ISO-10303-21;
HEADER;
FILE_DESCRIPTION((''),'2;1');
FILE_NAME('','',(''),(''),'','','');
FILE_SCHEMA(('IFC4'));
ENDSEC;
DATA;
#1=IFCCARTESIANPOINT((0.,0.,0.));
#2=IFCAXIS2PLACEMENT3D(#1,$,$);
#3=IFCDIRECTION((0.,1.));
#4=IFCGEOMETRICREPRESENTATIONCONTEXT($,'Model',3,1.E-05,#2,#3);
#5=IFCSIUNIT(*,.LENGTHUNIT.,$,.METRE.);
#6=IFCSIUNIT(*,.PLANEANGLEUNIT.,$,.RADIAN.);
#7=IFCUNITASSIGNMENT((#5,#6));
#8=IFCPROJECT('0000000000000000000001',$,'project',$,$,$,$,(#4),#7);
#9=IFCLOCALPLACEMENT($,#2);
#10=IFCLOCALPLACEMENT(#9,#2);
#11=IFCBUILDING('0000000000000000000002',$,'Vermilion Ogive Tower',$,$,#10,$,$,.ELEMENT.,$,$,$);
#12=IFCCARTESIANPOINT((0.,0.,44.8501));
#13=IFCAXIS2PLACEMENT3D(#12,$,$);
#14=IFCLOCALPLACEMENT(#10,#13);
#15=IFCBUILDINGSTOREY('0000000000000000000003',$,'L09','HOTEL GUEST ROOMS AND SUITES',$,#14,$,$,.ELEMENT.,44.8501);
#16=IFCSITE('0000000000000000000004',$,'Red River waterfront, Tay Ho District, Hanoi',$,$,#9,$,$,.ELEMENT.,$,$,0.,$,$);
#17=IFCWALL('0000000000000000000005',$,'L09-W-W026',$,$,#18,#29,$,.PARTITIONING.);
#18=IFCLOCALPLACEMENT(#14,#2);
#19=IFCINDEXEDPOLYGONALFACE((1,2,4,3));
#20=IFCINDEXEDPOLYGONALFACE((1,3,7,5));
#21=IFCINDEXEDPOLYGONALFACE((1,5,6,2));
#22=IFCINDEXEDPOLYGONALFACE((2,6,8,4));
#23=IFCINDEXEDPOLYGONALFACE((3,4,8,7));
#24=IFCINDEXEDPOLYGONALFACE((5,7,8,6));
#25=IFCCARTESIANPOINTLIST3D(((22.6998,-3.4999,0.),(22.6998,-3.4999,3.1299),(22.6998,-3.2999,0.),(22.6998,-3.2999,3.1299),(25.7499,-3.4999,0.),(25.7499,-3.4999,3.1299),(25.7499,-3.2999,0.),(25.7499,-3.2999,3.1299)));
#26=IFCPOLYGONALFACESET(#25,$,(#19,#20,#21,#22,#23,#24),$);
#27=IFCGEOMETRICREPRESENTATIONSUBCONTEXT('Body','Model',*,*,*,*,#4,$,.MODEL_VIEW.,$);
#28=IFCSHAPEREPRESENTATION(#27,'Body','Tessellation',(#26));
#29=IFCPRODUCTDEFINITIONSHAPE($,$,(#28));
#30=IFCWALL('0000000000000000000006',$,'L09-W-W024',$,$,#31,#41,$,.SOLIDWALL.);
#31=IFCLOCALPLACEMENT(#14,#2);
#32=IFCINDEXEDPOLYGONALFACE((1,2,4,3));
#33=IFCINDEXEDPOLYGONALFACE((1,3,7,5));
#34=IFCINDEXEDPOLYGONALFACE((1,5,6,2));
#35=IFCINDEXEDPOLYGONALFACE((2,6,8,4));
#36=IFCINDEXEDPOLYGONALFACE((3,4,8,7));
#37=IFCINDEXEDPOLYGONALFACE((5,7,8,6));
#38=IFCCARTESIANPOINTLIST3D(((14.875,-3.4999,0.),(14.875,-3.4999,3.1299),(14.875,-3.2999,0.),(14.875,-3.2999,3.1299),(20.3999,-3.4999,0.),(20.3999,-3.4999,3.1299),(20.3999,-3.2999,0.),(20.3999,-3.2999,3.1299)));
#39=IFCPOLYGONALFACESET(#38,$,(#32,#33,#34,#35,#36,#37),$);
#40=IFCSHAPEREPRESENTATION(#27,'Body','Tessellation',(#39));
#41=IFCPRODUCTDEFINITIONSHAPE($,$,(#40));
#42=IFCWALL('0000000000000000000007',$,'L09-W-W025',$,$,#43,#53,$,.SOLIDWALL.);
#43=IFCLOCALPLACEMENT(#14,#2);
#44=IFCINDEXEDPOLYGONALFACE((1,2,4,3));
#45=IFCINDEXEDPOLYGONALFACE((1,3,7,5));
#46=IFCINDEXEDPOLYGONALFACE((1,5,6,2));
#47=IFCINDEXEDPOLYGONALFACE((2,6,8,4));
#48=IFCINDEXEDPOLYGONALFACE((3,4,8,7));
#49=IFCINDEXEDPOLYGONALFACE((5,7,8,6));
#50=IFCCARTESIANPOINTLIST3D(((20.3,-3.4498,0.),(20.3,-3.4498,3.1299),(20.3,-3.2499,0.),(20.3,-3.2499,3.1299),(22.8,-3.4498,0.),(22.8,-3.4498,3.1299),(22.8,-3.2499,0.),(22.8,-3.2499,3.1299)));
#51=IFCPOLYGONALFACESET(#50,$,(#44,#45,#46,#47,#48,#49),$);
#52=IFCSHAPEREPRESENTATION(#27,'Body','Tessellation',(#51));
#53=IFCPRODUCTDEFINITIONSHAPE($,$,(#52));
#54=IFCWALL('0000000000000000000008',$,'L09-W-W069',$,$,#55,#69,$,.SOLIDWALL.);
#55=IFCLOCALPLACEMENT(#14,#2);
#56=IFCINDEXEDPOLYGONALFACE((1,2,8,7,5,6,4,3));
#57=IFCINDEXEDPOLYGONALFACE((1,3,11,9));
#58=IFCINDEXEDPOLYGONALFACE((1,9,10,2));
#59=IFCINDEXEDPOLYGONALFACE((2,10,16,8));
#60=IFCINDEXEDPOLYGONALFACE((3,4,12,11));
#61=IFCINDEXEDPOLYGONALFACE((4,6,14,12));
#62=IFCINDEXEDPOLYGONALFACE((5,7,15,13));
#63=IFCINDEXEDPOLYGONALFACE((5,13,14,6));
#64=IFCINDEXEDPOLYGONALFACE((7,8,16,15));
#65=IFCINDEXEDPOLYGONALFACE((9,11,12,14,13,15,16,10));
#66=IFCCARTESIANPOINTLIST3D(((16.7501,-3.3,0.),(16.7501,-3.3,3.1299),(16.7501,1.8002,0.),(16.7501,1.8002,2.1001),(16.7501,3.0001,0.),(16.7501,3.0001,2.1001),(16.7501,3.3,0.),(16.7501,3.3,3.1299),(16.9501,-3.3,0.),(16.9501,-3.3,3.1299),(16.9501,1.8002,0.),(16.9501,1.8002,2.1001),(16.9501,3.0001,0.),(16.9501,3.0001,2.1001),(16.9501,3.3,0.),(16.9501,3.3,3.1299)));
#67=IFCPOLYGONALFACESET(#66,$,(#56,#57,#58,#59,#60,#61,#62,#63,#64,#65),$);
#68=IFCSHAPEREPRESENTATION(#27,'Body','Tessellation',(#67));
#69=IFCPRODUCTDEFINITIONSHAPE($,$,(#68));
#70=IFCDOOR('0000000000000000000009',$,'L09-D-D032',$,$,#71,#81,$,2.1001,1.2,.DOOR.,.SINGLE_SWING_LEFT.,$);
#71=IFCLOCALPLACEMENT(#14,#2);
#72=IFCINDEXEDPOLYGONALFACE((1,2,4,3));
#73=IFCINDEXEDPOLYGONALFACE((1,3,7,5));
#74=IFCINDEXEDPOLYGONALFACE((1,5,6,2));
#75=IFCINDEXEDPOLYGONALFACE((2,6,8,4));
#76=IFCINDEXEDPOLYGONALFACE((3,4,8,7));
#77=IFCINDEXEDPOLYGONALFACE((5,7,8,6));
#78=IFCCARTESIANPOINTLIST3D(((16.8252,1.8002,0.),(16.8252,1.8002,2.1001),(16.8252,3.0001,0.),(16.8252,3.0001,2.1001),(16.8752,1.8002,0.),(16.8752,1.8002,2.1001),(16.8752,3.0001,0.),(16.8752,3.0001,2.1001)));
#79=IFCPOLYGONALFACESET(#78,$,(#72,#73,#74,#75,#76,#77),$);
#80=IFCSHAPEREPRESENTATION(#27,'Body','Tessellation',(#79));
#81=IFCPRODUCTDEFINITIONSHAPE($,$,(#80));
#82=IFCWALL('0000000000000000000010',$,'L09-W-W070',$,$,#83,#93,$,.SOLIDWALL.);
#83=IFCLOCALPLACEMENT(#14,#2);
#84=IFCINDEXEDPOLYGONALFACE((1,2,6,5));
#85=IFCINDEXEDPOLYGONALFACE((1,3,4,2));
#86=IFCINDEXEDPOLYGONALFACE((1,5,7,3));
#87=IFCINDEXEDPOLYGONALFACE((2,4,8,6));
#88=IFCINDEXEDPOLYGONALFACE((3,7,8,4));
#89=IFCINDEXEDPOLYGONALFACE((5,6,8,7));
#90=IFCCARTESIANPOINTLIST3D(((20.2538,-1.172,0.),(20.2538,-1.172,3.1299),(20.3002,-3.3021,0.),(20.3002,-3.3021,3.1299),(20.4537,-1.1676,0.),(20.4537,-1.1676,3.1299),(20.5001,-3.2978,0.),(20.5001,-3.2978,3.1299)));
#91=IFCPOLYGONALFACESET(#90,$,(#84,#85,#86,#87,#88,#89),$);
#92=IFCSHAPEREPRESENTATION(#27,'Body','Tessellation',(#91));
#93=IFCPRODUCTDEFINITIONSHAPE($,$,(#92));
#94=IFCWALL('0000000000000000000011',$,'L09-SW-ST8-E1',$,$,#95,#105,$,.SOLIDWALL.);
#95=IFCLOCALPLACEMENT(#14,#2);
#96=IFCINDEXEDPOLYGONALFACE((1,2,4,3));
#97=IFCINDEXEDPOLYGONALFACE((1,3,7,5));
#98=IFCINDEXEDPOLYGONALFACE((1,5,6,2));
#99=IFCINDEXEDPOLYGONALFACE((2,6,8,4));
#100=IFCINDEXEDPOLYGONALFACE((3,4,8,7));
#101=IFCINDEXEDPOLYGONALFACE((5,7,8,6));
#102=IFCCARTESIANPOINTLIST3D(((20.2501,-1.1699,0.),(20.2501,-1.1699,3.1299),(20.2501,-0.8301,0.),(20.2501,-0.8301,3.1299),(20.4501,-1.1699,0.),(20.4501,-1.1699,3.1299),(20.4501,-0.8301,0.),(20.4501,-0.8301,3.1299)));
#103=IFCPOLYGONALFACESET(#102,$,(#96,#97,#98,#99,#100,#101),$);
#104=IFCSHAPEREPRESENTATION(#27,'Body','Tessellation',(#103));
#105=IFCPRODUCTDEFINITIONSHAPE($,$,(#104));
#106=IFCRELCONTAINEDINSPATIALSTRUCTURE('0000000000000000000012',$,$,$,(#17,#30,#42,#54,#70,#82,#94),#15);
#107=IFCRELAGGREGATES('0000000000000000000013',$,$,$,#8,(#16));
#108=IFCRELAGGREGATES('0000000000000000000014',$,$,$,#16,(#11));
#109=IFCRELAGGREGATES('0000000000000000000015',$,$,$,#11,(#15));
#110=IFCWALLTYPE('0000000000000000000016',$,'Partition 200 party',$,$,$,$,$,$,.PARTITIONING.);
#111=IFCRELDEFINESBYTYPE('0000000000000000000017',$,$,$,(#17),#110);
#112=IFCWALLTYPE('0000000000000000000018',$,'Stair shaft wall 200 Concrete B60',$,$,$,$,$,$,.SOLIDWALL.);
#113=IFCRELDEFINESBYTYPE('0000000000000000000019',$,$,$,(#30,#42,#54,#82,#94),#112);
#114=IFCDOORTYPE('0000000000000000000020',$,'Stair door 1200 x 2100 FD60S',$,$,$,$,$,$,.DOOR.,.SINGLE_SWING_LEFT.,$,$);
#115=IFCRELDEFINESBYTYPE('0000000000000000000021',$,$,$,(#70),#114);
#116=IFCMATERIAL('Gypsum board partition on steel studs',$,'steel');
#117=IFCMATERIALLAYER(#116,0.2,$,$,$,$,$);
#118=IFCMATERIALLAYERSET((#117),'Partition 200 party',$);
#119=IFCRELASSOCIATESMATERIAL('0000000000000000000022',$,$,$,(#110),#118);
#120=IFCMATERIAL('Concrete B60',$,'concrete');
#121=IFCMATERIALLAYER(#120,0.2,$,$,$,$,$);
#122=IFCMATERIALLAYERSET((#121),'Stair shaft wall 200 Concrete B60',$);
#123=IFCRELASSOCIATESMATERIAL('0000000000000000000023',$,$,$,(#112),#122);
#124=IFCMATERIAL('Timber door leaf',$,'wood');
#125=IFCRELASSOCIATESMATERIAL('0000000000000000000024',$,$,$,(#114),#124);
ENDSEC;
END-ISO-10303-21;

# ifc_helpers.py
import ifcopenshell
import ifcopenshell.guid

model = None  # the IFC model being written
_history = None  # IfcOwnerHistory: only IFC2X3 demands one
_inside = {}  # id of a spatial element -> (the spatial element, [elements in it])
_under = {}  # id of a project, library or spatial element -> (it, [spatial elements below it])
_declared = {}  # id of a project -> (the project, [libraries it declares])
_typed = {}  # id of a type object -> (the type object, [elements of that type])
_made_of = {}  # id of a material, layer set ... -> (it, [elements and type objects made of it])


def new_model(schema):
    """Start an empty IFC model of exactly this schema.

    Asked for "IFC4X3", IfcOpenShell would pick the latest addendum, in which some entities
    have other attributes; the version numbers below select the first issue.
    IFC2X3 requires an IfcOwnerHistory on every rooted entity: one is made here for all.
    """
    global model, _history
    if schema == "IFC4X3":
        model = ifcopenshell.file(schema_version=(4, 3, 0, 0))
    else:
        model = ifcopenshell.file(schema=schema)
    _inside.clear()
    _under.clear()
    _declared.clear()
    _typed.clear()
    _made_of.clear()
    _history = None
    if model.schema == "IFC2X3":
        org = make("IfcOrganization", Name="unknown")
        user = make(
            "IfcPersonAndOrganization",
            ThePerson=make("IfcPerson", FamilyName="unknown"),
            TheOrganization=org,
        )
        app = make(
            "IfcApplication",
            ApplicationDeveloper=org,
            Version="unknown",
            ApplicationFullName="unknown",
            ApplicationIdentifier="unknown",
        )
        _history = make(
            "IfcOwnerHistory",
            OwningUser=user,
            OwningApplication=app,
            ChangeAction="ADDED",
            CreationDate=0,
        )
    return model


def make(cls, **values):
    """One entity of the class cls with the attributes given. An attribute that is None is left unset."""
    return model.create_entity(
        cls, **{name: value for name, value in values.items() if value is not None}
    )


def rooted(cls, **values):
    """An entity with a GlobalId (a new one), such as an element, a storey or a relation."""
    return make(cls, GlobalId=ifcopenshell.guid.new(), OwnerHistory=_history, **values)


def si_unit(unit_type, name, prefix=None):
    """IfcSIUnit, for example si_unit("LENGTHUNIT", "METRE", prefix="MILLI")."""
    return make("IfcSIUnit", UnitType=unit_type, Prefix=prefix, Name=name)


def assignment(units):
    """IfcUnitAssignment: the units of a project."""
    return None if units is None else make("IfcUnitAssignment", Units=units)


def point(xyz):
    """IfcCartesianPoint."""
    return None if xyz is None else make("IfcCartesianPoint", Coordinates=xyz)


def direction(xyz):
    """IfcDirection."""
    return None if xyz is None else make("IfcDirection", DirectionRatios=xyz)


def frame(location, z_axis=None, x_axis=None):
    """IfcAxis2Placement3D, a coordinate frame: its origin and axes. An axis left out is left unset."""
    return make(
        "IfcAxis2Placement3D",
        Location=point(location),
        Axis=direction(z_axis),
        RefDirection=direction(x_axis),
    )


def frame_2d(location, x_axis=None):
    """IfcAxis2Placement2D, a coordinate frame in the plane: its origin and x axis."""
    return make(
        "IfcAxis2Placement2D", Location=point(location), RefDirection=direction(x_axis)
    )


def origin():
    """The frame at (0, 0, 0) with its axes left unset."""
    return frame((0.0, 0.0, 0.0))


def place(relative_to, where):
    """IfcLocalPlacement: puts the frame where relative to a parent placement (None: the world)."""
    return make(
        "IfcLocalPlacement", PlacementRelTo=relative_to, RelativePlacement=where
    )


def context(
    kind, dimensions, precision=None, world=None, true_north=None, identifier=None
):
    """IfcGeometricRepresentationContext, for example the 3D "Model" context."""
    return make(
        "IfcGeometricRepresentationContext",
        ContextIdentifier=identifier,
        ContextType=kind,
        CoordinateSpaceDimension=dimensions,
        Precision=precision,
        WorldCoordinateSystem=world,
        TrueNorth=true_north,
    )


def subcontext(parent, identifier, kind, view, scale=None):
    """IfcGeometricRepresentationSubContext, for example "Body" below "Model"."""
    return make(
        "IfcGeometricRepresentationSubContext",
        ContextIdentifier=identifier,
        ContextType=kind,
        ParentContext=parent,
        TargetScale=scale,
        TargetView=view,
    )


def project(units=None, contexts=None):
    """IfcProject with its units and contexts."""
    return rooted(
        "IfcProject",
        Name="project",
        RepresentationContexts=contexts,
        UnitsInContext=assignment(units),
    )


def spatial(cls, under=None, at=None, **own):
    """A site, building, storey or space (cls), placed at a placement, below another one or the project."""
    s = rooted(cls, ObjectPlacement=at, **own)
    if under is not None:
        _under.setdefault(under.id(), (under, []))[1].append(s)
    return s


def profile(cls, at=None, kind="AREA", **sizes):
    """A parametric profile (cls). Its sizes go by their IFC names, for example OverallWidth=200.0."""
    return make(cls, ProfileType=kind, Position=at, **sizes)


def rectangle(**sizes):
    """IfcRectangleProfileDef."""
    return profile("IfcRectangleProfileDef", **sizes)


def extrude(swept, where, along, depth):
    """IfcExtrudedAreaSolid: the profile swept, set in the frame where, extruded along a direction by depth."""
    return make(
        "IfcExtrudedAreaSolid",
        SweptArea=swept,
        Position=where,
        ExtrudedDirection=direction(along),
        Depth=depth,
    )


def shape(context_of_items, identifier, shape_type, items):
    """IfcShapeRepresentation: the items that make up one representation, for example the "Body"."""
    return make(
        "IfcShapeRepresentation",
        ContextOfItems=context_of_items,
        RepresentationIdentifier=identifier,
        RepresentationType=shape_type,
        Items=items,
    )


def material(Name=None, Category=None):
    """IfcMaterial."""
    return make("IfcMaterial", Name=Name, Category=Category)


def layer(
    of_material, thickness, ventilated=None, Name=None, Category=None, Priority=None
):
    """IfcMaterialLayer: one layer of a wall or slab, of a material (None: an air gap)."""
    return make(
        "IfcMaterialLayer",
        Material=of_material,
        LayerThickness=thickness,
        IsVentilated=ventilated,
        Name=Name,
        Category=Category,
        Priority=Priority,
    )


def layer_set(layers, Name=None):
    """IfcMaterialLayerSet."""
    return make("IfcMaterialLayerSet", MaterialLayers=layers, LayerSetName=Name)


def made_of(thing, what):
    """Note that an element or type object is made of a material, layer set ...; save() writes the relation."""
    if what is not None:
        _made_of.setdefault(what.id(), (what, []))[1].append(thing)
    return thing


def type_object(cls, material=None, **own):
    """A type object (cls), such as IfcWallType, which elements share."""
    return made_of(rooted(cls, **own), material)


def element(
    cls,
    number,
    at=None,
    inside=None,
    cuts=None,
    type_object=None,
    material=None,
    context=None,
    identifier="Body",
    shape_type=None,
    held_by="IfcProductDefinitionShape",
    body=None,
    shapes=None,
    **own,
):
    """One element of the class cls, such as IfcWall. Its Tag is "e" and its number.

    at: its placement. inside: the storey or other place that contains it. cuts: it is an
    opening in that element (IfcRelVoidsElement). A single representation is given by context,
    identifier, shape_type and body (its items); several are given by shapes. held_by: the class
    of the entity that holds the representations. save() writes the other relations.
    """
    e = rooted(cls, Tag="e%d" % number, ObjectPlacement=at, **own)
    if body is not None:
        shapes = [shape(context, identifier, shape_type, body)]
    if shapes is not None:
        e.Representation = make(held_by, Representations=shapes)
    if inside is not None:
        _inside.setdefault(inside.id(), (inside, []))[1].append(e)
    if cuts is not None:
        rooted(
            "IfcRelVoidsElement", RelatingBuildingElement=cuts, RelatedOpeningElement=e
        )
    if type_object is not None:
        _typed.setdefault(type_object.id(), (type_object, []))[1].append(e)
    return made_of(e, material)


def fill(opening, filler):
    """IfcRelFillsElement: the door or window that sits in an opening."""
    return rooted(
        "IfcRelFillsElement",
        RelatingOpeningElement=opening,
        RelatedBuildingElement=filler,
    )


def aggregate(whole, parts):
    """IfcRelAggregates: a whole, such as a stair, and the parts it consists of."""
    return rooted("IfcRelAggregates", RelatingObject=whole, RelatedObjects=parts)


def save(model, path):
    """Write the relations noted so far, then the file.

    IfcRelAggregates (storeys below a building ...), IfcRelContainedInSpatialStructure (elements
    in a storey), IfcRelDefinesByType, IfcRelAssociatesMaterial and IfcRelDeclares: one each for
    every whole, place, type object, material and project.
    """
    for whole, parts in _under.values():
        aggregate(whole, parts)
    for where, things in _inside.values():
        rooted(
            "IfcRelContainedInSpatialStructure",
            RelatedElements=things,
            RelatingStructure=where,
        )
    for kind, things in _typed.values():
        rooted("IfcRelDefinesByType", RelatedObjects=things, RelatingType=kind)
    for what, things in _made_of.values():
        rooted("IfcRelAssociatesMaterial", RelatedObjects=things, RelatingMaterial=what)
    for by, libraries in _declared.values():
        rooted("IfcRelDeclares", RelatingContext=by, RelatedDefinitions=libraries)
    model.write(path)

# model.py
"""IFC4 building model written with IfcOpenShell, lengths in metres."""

from ifc_helpers import new_model, si_unit, direction, frame, frame_2d, origin, place, context, subcontext, project, spatial, rectangle, extrude, material, layer, layer_set, type_object, element, fill, save


model = new_model("IFC4")

# Units and contexts
model_context = context("Model", 3, precision=1e-05, world=origin(), true_north=direction((0.0, 1.0)))
body_context = subcontext(model_context, "Body", "Model", "MODEL_VIEW")
ifc_project = project(units=[si_unit("LENGTHUNIT", "METRE"), si_unit("PLANEANGLEUNIT", "RADIAN")], contexts=[model_context])

# Site, building, storey
site_placement = place(None, origin())
site = spatial("IfcSite", under=ifc_project, at=site_placement, Name="Red River waterfront, Tay Ho District, Hanoi", CompositionType="ELEMENT", RefElevation=0.0)
building_placement = place(site_placement, origin())
building = spatial("IfcBuilding", under=site, at=building_placement, Name="Vermilion Ogive Tower", CompositionType="ELEMENT")
storey_placement = place(building_placement, frame((0.0, 0.0, 44.8501)))
storey = spatial("IfcBuildingStorey", under=building, at=storey_placement, Name="L09", Description="HOTEL GUEST ROOMS AND SUITES", CompositionType="ELEMENT", Elevation=44.8501)

# Walls
ifc_material_1 = material(Name="Gypsum board partition on steel studs", Category="steel")
ifc_layer_1 = layer(ifc_material_1, 0.2)
ifc_layer_set_1 = layer_set([ifc_layer_1], Name="Partition 200 party")
wall_type_1 = type_object("IfcWallType", Name="Partition 200 party", PredefinedType="PARTITIONING", material=ifc_layer_set_1)
wall_1_placement = place(storey_placement, frame((22.7, -3.3999, 0.0), z_axis=(0.0, 0.0, 1.0), x_axis=(1.0, 0.0, 0.0)))
element("IfcWall", 1, at=wall_1_placement, inside=storey, type_object=wall_type_1, Name="L09-W-W026", PredefinedType="PARTITIONING", context=body_context, shape_type="SweptSolid", body=[
    extrude(rectangle(XDim=3.05, YDim=0.2, at=frame_2d((1.5249, 0.0))), origin(), (0.0, 0.0, 1.0), 3.1299),
])
ifc_material_2 = material(Name="Concrete B60", Category="concrete")
ifc_layer_2 = layer(ifc_material_2, 0.2)
ifc_layer_set_2 = layer_set([ifc_layer_2], Name="Stair shaft wall 200 Concrete B60")
wall_type_2 = type_object("IfcWallType", Name="Stair shaft wall 200 Concrete B60", PredefinedType="SOLIDWALL", material=ifc_layer_set_2)
wall_2_placement = place(storey_placement, frame((14.875, -3.3999, 0.0), z_axis=(0.0, 0.0, 1.0), x_axis=(1.0, 0.0, 0.0)))
element("IfcWall", 2, at=wall_2_placement, inside=storey, type_object=wall_type_2, Name="L09-W-W024", PredefinedType="SOLIDWALL", context=body_context, shape_type="SweptSolid", body=[
    extrude(rectangle(XDim=5.5249, YDim=0.2, at=frame_2d((2.7625, 0.0))), origin(), (0.0, 0.0, 1.0), 3.1299),
])
wall_3_placement = place(storey_placement, frame((20.3, -3.3499, 0.0), z_axis=(0.0, 0.0, 1.0), x_axis=(1.0, 0.0, 0.0)))
element("IfcWall", 3, at=wall_3_placement, inside=storey, type_object=wall_type_2, Name="L09-W-W025", PredefinedType="SOLIDWALL", context=body_context, shape_type="SweptSolid", body=[
    extrude(rectangle(XDim=2.5, YDim=0.2, at=frame_2d((1.25, 0.0))), origin(), (0.0, 0.0, 1.0), 3.1299),
])

# Wall, opening, door
wall_4_placement = place(storey_placement, frame((16.8501, -3.3, 0.0), z_axis=(0.0, 0.0, 1.0), x_axis=(0.0, 1.0, 0.0)))
wall_4 = element("IfcWall", 4, at=wall_4_placement, inside=storey, type_object=wall_type_2, Name="L09-W-W069", PredefinedType="SOLIDWALL", context=body_context, shape_type="SweptSolid", body=[
    extrude(rectangle(XDim=6.6001, YDim=0.2, at=frame_2d((3.3, 0.0))), origin(), (0.0, 0.0, 1.0), 3.1299),
])
opening_1_placement = place(wall_4_placement, frame((5.1001, 0.0, 0.0)))
opening_1 = element("IfcOpeningElement", 5, at=opening_1_placement, cuts=wall_4, PredefinedType="OPENING", context=body_context, shape_type="SweptSolid", body=[
    extrude(rectangle(XDim=1.2, YDim=2.1001, at=frame_2d((0.6001, 1.05))), frame((0.0, 0.1099, 0.0), z_axis=(0.0, -1.0, 0.0), x_axis=(1.0, 0.0, 0.0)), (0.0, 0.0, 1.0), 0.22),
])
ifc_material_3 = material(Name="Timber door leaf", Category="wood")
door_type_1 = type_object("IfcDoorType", Name="Stair door 1200 x 2100 FD60S", OperationType="SINGLE_SWING_LEFT", PredefinedType="DOOR", material=ifc_material_3)
door_1_placement = place(opening_1_placement, origin())
door_1 = element("IfcDoor", 6, at=door_1_placement, inside=storey, type_object=door_type_1, Name="L09-D-D032", OperationType="SINGLE_SWING_LEFT", OverallHeight=2.1001, OverallWidth=1.2, PredefinedType="DOOR", context=body_context, shape_type="SweptSolid", body=[
    extrude(rectangle(XDim=1.2, YDim=2.1001, at=frame_2d((0.6001, 1.05))), frame((0.0, 0.0249, 0.0), z_axis=(0.0, -1.0, 0.0), x_axis=(1.0, 0.0, 0.0)), (0.0, 0.0, 1.0), 0.05),
])
fill(opening_1, door_1)

# Walls
wall_5_placement = place(storey_placement, frame((20.4001, -3.3, 0.0), z_axis=(0.0, 0.0, 1.0), x_axis=(-0.021771, 0.999763, 0.0)))
element("IfcWall", 7, at=wall_5_placement, inside=storey, type_object=wall_type_2, Name="L09-W-W070", PredefinedType="SOLIDWALL", context=body_context, shape_type="SweptSolid", body=[
    extrude(rectangle(XDim=2.1306, YDim=0.2, at=frame_2d((1.0654, 0.0))), origin(), (0.0, 0.0, 1.0), 3.1299),
])
wall_6_placement = place(storey_placement, frame((20.3501, -1.1699, 0.0), z_axis=(0.0, 0.0, 1.0), x_axis=(0.0, 1.0, 0.0)))
element("IfcWall", 8, at=wall_6_placement, inside=storey, type_object=wall_type_2, Name="L09-SW-ST8-E1", PredefinedType="SOLIDWALL", context=body_context, shape_type="SweptSolid", body=[
    extrude(rectangle(XDim=0.3398, YDim=0.2, at=frame_2d((0.1699, 0.0))), origin(), (0.0, 0.0, 1.0), 3.1299),
])

save(model, "model.ifc")
